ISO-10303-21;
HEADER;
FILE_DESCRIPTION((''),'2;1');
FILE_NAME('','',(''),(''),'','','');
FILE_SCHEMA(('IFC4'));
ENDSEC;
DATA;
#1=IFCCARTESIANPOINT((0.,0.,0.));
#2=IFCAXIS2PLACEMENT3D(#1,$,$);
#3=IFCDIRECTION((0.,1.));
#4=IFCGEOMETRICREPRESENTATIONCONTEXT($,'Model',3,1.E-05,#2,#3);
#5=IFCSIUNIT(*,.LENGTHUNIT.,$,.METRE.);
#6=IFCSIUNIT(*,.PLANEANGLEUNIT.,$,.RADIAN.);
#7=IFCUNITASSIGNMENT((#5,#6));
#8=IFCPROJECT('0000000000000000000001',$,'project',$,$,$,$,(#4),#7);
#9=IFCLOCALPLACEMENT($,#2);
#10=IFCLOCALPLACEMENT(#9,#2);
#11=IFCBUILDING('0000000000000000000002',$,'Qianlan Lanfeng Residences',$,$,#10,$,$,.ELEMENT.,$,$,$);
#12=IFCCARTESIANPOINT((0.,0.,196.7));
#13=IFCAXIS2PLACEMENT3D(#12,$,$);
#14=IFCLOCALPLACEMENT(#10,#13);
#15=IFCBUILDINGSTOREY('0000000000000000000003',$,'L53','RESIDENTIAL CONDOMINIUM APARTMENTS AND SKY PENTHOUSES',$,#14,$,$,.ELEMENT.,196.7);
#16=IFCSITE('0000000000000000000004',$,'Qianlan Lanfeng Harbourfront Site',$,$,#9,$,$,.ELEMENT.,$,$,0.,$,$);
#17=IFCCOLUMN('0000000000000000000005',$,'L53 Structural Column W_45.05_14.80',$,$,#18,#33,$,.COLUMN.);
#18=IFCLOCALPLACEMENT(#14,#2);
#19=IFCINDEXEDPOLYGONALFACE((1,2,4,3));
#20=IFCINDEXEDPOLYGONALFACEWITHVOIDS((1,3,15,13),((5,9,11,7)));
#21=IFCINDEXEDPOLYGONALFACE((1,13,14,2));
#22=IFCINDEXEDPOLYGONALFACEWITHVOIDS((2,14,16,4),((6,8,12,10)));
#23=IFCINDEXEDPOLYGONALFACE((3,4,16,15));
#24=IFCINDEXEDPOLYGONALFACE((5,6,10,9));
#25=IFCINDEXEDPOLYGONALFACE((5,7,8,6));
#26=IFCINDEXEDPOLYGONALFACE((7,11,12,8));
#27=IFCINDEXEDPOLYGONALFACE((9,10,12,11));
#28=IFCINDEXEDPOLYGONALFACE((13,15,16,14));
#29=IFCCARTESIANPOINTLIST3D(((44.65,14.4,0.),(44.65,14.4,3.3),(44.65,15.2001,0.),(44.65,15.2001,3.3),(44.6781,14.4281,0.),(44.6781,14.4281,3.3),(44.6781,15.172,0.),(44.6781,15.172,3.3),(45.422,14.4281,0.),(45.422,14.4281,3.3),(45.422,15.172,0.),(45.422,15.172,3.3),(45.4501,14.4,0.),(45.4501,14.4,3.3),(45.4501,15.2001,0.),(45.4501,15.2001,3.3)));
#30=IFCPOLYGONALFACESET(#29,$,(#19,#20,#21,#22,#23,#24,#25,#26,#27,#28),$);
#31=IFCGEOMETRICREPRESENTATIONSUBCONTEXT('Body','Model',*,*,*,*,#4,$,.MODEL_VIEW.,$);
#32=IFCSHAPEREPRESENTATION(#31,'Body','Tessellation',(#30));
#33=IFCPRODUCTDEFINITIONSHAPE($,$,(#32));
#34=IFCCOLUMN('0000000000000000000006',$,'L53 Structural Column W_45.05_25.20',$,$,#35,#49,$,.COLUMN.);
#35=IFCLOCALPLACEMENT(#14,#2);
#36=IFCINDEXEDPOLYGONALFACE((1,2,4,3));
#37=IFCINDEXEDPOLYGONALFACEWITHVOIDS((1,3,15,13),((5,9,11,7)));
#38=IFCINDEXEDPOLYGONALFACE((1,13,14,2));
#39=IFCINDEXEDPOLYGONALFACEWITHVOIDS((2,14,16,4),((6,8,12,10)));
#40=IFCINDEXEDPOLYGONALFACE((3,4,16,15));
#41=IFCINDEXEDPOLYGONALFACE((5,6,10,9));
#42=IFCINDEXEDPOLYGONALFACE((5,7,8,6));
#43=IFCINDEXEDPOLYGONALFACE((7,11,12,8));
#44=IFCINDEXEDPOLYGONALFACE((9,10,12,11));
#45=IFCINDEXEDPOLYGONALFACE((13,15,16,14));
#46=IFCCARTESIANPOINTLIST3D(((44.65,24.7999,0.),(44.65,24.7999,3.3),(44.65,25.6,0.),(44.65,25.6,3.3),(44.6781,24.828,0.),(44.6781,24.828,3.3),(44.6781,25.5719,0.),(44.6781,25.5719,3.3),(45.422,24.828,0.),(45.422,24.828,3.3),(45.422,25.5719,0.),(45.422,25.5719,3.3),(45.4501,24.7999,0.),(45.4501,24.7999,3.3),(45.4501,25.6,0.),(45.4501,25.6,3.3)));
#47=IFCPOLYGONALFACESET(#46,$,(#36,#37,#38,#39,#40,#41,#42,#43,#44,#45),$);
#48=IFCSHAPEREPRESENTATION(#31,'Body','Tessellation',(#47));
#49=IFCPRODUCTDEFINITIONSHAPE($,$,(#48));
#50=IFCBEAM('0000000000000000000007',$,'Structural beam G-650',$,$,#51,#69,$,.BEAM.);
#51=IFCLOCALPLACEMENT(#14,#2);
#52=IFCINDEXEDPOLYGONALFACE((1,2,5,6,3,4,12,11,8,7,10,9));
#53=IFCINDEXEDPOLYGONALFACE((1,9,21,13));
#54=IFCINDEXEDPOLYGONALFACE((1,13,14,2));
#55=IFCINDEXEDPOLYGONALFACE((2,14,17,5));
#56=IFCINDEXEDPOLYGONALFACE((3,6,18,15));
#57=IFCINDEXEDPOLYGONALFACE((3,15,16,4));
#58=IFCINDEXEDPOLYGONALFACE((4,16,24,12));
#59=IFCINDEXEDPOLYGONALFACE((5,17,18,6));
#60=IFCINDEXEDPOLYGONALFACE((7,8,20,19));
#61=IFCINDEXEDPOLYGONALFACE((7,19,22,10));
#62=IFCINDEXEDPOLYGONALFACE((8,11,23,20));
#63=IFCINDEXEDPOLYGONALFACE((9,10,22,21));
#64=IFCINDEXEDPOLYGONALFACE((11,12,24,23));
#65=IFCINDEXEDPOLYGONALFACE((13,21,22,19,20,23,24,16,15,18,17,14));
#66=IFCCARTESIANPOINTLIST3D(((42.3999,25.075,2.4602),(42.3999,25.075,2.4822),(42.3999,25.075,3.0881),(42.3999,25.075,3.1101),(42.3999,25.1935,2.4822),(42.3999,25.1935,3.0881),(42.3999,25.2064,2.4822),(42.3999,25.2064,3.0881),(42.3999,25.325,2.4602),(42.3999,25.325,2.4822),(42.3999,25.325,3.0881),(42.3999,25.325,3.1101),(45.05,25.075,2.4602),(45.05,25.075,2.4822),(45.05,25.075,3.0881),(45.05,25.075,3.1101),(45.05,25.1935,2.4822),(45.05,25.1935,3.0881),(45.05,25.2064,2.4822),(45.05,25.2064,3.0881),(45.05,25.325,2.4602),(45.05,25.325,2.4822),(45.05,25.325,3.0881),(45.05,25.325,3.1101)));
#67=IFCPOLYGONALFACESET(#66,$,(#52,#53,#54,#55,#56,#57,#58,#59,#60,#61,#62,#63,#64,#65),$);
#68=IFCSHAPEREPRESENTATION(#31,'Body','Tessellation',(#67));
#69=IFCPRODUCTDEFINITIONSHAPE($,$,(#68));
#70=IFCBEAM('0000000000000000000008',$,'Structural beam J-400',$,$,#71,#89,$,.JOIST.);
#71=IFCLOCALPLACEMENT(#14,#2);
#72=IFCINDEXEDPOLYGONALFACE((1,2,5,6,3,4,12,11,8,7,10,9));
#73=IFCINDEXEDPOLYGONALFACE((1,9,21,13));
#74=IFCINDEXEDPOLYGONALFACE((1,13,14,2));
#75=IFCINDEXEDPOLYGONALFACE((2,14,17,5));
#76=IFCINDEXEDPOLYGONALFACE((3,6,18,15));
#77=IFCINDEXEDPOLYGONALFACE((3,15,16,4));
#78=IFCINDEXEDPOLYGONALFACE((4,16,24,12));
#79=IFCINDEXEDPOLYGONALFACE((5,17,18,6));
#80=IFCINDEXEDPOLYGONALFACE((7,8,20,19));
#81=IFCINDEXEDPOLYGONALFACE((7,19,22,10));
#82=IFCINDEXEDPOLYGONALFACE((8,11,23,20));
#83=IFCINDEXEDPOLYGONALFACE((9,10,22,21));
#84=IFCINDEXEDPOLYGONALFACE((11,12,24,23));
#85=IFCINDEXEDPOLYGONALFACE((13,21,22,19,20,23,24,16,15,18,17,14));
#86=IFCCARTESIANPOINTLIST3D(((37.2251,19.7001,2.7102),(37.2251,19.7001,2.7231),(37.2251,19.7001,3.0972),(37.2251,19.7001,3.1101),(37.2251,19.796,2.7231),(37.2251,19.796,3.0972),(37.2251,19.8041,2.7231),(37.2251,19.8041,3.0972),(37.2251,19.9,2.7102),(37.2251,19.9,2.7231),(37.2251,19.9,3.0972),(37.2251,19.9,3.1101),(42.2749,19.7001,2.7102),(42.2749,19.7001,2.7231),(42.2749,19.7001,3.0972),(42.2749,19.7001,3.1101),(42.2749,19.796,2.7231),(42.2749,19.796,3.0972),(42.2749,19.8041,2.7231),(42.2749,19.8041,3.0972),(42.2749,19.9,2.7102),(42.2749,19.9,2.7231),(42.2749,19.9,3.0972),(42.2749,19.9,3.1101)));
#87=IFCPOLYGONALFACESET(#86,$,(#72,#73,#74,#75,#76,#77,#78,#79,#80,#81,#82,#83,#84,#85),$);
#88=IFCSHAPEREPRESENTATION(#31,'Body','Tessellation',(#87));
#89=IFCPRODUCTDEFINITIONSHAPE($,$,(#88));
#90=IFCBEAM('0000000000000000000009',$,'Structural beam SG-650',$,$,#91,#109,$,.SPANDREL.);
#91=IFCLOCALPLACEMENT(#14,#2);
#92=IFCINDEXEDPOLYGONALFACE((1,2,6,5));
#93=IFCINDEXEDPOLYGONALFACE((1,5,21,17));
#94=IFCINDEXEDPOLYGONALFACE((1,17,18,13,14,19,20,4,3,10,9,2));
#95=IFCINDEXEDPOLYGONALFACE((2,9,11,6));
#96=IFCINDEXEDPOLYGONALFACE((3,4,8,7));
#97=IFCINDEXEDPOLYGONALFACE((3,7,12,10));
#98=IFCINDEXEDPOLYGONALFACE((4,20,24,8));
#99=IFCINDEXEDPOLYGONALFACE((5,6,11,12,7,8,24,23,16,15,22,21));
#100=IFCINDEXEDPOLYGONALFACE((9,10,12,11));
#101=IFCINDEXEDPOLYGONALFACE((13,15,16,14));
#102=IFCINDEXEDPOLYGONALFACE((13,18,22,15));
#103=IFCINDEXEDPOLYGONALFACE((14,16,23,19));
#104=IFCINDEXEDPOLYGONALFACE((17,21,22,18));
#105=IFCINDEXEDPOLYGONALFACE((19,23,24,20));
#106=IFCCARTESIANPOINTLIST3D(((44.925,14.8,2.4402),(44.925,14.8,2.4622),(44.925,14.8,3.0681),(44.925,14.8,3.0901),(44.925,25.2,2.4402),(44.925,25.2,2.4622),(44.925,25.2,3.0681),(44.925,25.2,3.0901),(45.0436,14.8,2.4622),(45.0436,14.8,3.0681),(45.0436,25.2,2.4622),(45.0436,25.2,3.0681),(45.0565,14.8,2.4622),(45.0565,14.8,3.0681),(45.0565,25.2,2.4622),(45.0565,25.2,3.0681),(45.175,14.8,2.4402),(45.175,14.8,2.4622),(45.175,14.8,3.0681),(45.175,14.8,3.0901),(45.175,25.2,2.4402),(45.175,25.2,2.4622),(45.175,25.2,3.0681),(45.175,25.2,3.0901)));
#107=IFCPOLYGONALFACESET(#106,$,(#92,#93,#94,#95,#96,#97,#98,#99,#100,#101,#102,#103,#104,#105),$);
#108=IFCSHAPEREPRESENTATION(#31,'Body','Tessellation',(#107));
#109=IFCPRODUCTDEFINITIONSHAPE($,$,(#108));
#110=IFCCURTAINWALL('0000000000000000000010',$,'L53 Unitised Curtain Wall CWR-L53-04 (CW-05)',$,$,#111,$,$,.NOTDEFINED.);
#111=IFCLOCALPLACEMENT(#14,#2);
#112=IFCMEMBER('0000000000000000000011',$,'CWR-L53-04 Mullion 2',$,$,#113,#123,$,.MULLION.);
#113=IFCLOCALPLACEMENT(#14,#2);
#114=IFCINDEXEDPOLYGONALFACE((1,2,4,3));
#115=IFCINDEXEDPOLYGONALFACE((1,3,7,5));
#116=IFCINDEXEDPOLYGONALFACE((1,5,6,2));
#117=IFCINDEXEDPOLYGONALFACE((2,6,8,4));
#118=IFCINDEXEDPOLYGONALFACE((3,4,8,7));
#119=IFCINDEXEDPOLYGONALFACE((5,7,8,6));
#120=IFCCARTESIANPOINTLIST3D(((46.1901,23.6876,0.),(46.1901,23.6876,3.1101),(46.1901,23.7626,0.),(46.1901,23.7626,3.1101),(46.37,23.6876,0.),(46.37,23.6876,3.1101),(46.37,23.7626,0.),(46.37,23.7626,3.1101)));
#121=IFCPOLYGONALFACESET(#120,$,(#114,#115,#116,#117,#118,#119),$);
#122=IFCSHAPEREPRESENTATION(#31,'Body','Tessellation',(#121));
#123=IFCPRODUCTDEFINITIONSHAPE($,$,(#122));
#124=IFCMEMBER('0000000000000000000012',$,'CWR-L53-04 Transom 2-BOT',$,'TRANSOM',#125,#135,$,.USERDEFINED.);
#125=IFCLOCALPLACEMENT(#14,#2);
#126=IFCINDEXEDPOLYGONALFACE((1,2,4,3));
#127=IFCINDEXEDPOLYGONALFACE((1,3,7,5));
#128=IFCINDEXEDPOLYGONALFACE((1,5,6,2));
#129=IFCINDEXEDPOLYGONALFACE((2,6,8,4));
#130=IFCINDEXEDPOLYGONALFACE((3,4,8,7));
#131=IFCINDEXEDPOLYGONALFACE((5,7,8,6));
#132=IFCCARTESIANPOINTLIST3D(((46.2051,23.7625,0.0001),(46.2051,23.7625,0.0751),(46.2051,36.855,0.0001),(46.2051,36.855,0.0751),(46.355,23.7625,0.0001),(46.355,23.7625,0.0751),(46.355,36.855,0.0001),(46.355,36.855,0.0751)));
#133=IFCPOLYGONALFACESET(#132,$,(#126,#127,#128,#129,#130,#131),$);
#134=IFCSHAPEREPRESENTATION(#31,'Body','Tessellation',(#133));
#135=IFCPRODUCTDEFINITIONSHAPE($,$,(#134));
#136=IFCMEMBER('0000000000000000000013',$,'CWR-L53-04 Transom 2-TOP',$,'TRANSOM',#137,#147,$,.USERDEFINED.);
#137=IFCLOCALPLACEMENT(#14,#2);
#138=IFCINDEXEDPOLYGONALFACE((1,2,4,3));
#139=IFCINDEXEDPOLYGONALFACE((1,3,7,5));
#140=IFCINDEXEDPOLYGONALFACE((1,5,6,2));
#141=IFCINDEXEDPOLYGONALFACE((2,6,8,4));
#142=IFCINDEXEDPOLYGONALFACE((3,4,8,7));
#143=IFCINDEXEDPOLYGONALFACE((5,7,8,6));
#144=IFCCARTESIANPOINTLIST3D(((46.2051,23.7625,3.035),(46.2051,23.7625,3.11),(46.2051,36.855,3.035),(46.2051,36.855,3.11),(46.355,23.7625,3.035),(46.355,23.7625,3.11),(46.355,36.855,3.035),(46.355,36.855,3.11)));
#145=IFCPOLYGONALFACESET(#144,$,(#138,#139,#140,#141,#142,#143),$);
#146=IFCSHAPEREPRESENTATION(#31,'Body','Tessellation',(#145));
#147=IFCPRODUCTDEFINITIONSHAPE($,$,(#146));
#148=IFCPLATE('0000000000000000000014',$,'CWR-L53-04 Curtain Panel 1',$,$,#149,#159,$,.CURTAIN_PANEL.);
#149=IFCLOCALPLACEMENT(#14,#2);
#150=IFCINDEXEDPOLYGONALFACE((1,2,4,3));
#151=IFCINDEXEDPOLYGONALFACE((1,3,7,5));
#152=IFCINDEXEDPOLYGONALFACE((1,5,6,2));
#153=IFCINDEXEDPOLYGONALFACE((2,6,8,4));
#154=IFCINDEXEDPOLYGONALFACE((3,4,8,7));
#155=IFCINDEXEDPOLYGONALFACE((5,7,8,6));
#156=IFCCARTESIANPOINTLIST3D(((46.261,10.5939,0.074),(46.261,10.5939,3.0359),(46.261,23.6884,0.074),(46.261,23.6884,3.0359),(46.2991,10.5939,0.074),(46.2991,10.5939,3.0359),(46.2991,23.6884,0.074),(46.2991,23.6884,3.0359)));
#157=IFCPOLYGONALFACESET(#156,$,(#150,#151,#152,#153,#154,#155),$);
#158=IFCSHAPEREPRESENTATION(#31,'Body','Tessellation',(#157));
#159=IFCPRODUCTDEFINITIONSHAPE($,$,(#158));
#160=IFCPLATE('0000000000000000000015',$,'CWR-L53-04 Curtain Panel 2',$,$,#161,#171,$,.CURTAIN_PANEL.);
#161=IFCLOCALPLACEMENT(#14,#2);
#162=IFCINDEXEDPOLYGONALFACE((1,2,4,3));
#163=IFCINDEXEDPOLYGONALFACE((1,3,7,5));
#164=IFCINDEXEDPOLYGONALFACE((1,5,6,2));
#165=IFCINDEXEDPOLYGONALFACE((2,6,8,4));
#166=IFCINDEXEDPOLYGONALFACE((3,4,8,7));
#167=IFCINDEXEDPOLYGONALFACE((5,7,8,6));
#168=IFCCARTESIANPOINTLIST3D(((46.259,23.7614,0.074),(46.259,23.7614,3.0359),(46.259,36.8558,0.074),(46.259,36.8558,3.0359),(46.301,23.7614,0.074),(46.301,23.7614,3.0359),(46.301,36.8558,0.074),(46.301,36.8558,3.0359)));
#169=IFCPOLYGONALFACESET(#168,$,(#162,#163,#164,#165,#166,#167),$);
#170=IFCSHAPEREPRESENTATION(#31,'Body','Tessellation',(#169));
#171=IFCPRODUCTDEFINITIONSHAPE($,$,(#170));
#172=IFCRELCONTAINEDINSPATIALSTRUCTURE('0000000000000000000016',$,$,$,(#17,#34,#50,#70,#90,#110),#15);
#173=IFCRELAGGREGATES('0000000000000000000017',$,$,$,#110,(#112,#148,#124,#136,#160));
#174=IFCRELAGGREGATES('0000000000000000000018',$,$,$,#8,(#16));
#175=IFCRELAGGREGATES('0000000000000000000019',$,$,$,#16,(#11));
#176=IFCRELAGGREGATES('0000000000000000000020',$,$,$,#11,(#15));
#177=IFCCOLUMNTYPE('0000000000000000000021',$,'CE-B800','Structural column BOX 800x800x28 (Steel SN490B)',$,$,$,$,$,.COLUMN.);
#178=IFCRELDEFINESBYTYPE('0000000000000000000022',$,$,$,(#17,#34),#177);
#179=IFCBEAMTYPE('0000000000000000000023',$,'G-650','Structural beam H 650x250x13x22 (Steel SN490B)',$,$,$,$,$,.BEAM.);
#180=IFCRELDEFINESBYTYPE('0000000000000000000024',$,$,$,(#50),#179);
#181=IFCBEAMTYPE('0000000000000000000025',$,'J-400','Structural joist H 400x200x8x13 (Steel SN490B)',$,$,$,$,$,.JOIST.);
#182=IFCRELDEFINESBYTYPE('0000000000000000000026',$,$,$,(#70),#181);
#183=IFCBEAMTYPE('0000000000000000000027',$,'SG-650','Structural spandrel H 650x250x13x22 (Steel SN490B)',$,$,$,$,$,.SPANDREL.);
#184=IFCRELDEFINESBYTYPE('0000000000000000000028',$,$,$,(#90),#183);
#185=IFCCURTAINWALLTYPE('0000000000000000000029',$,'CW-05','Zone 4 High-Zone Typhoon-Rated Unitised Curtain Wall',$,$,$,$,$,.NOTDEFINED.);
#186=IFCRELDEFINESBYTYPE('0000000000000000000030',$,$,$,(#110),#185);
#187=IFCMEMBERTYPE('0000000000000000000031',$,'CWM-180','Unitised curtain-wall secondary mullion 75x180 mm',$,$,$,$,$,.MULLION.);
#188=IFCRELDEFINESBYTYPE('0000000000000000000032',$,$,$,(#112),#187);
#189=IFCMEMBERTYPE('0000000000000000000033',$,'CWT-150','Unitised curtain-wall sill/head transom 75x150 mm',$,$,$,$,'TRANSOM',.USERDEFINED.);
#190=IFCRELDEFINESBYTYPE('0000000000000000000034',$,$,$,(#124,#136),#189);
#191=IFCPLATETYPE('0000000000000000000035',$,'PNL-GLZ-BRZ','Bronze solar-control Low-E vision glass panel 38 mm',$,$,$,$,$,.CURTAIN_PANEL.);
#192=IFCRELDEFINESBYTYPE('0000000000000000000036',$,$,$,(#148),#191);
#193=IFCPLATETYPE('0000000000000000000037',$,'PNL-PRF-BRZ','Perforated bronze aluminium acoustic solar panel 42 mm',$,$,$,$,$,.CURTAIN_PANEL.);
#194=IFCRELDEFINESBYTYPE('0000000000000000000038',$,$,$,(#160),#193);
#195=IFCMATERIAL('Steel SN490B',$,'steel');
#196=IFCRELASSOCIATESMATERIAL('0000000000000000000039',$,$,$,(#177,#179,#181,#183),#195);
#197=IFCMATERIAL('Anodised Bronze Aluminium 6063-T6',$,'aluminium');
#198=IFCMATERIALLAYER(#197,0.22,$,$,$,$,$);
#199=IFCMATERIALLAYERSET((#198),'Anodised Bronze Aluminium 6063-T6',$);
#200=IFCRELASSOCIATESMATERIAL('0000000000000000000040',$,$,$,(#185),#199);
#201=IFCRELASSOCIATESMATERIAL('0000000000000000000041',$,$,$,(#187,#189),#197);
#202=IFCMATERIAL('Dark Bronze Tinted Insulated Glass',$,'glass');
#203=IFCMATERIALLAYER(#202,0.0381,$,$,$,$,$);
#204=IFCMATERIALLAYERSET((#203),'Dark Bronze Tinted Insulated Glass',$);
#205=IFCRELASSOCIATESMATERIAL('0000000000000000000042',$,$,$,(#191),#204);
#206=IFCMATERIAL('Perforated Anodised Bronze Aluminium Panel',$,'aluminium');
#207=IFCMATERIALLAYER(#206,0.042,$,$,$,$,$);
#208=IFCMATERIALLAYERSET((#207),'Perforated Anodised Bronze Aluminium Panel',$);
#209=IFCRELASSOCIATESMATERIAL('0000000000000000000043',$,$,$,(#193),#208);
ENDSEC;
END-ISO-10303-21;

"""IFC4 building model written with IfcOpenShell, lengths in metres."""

from ifc_helpers import new_model, si_unit, direction, frame, origin, origin_2d, place, context, subcontext, project, spatial, rectangle, hollow_rectangle, i_section, extrude, source, transform, mapped, material, layer, layer_set, material_profile, profile_set, type_object, element, aggregate, save


model = new_model("IFC4")

# Units and contexts
model_context = context("Model", 3, precision=1e-05, world=origin(), true_north=direction((0.0, 1.0)))
body_context = subcontext(model_context, "Body", "Model", "MODEL_VIEW")
ifc_project = project(units=[si_unit("LENGTHUNIT", "METRE"), si_unit("PLANEANGLEUNIT", "RADIAN")], contexts=[model_context])

# Site, building, storey
site_placement = place(None, origin())
site = spatial("IfcSite", under=ifc_project, at=site_placement, Name="Qianlan Lanfeng Harbourfront Site", CompositionType="ELEMENT", RefElevation=0.0)
building_placement = place(site_placement, origin())
building = spatial("IfcBuilding", under=site, at=building_placement, Name="Qianlan Lanfeng Residences", CompositionType="ELEMENT")
storey_placement = place(building_placement, frame((0.0, 0.0, 196.7)))
storey = spatial("IfcBuildingStorey", under=building, at=storey_placement, Name="L53", Description="RESIDENTIAL CONDOMINIUM APARTMENTS AND SKY PENTHOUSES", CompositionType="ELEMENT", Elevation=196.7)

# Columns
ifc_material_1 = material(Name="Steel SN490B", Category="steel")
ifc_material_profile_1 = material_profile(ifc_material_1, hollow_rectangle(XDim=0.8, YDim=0.8, WallThickness=0.0281, at=origin_2d()), Name="BOX 800x800x28")
ifc_profile_set_1 = profile_set([ifc_material_profile_1], Name="Steel SN490B")
column_type = type_object("IfcColumnType", Name="CE-B800", Description="Structural column BOX 800x800x28 (Steel SN490B)", PredefinedType="COLUMN", material=ifc_profile_set_1)
for number, where, z_axis, x_axis, name in (
    (1, (45.05, 14.8, 0.0), (0.0, 0.0, 1.0), (1.0, 0.0, 0.0), "L53 Structural Column W_45.05_14.80"),
    (2, (45.05, 25.2, 0.0), (0.0, 0.0, 1.0), (1.0, 0.0, 0.0), "L53 Structural Column W_45.05_25.20"),
):
    element("IfcColumn", number, at=place(storey_placement, frame(where, z_axis=z_axis, x_axis=x_axis)), inside=storey, type_object=column_type, Name=name, PredefinedType="COLUMN", context=body_context, shape_type="SweptSolid", body=[
        extrude(hollow_rectangle(XDim=0.8, YDim=0.8, WallThickness=0.0281, at=origin_2d()), origin(), (0.0, 0.0, 1.0), 3.3),
    ])

# Beams
ifc_material_profile_2 = material_profile(ifc_material_1, i_section(OverallWidth=0.25, OverallDepth=0.6499, WebThickness=0.0129, FlangeThickness=0.022, at=origin_2d()), Name="H 650x250x13x22")
ifc_profile_set_2 = profile_set([ifc_material_profile_2], Name="Steel SN490B")
beam_type_1 = type_object("IfcBeamType", Name="G-650", Description="Structural beam H 650x250x13x22 (Steel SN490B)", PredefinedType="BEAM", material=ifc_profile_set_2)
beam_1_placement = place(storey_placement, frame((42.3999, 25.2, 2.7852), z_axis=(1.0, 0.0, 0.0), x_axis=(0.0, 1.0, 0.0)))
element("IfcBeam", 3, at=beam_1_placement, inside=storey, type_object=beam_type_1, Name="Structural beam G-650", PredefinedType="BEAM", context=body_context, shape_type="SweptSolid", body=[
    extrude(i_section(OverallWidth=0.25, OverallDepth=0.6499, WebThickness=0.0129, FlangeThickness=0.022, at=origin_2d()), origin(), (0.0, 0.0, 1.0), 2.6501),
])
ifc_material_profile_3 = material_profile(ifc_material_1, i_section(OverallWidth=0.2, OverallDepth=0.3999, WebThickness=0.0081, FlangeThickness=0.0129, at=origin_2d()), Name="H 400x200x8x13")
ifc_profile_set_3 = profile_set([ifc_material_profile_3], Name="Steel SN490B")
beam_type_2 = type_object("IfcBeamType", Name="J-400", Description="Structural joist H 400x200x8x13 (Steel SN490B)", PredefinedType="JOIST", material=ifc_profile_set_3)
beam_2_placement = place(storey_placement, frame((37.2251, 19.8, 2.9102), z_axis=(1.0, 0.0, 0.0), x_axis=(0.0, 1.0, 0.0)))
element("IfcBeam", 4, at=beam_2_placement, inside=storey, type_object=beam_type_2, Name="Structural beam J-400", PredefinedType="JOIST", context=body_context, shape_type="SweptSolid", body=[
    extrude(i_section(OverallWidth=0.2, OverallDepth=0.3999, WebThickness=0.0081, FlangeThickness=0.0129, at=origin_2d()), origin(), (0.0, 0.0, 1.0), 5.0498),
])
ifc_material_profile_4 = material_profile(ifc_material_1, i_section(OverallWidth=0.25, OverallDepth=0.6499, WebThickness=0.0129, FlangeThickness=0.022, at=origin_2d()), Name="H 650x250x13x22")
ifc_profile_set_4 = profile_set([ifc_material_profile_4], Name="Steel SN490B")
beam_type_3 = type_object("IfcBeamType", Name="SG-650", Description="Structural spandrel H 650x250x13x22 (Steel SN490B)", PredefinedType="SPANDREL", material=ifc_profile_set_4)
beam_3_placement = place(storey_placement, frame((45.05, 14.8, 2.7651), z_axis=(0.0, 1.0, 0.0), x_axis=(-1.0, 0.0, 0.0)))
element("IfcBeam", 5, at=beam_3_placement, inside=storey, type_object=beam_type_3, Name="Structural beam SG-650", PredefinedType="SPANDREL", context=body_context, shape_type="SweptSolid", body=[
    extrude(i_section(OverallWidth=0.25, OverallDepth=0.6499, WebThickness=0.0129, FlangeThickness=0.022, at=origin_2d()), origin(), (0.0, 0.0, 1.0), 10.3999),
])

# Curtain wall, members, plates
ifc_material_2 = material(Name="Anodised Bronze Aluminium 6063-T6", Category="aluminium")
ifc_layer_1 = layer(ifc_material_2, 0.22)
ifc_layer_set_1 = layer_set([ifc_layer_1], Name="Anodised Bronze Aluminium 6063-T6")
curtain_wall_type = type_object("IfcCurtainWallType", Name="CW-05", Description="Zone 4 High-Zone Typhoon-Rated Unitised Curtain Wall", PredefinedType="NOTDEFINED", material=ifc_layer_set_1)
curtain_wall_placement = place(storey_placement, origin())
curtain_wall = element("IfcCurtainWall", 6, at=curtain_wall_placement, inside=storey, type_object=curtain_wall_type, Name="L53 Unitised Curtain Wall CWR-L53-04 (CW-05)", PredefinedType="NOTDEFINED")
ifc_material_profile_5 = material_profile(ifc_material_2, rectangle(XDim=0.075, YDim=0.1799, at=origin_2d()), Name="ALU MULLION 75x180")
ifc_profile_set_5 = profile_set([ifc_material_profile_5], Name="Anodised Bronze Aluminium 6063-T6")
member_type_1 = type_object("IfcMemberType", Name="CWM-180", Description="Unitised curtain-wall secondary mullion 75x180 mm", PredefinedType="MULLION", material=ifc_profile_set_5)
shared_shape_1 = source(origin(), body_context, "Body", "SweptSolid", [
    extrude(rectangle(XDim=0.075, YDim=0.1799, at=origin_2d()), origin(), (0.0, 0.0, 1.0), 3.1101),
])
member_1_placement = place(storey_placement, frame((46.28, 23.7251, 0.0), z_axis=(0.0, 0.0, 1.0), x_axis=(0.0, 1.0, 0.0)))
member_1 = element("IfcMember", 7, at=member_1_placement, type_object=member_type_1, Name="CWR-L53-04 Mullion 2", PredefinedType="MULLION", context=body_context, shape_type="MappedRepresentation", body=[
    mapped(shared_shape_1, transform((0.0, 0.0, 0.0), scale=1.0)),
])
ifc_material_profile_6 = material_profile(ifc_material_2, rectangle(XDim=0.075, YDim=0.1499, at=origin_2d()), Name="ALU TRANSOM 75x150")
ifc_profile_set_6 = profile_set([ifc_material_profile_6], Name="Anodised Bronze Aluminium 6063-T6")
member_type_2 = type_object("IfcMemberType", Name="CWT-150", Description="Unitised curtain-wall sill/head transom 75x150 mm", ElementType="TRANSOM", PredefinedType="USERDEFINED", material=ifc_profile_set_6)
shared_shape_2 = source(origin(), body_context, "Body", "SweptSolid", [
    extrude(rectangle(XDim=0.075, YDim=0.1499, at=origin_2d()), origin(), (0.0, 0.0, 1.0), 13.0925),
])
member_2_placement = place(storey_placement, frame((46.28, 23.7625, 0.0376), z_axis=(0.0, 1.0, 0.0), x_axis=(0.0, 0.0, 1.0)))
member_2 = element("IfcMember", 8, at=member_2_placement, type_object=member_type_2, Name="CWR-L53-04 Transom 2-BOT", ObjectType="TRANSOM", PredefinedType="USERDEFINED", context=body_context, shape_type="MappedRepresentation", body=[
    mapped(shared_shape_2, transform((0.0, 0.0, 0.0), scale=1.0)),
])
member_3_placement = place(storey_placement, frame((46.28, 23.7625, 3.0725), z_axis=(0.0, 1.0, 0.0), x_axis=(0.0, 0.0, 1.0)))
member_3 = element("IfcMember", 9, at=member_3_placement, type_object=member_type_2, Name="CWR-L53-04 Transom 2-TOP", ObjectType="TRANSOM", PredefinedType="USERDEFINED", context=body_context, shape_type="MappedRepresentation", body=[
    mapped(shared_shape_2, transform((0.0, 0.0, 0.0), scale=1.0)),
])
ifc_material_3 = material(Name="Dark Bronze Tinted Insulated Glass", Category="glass")
ifc_layer_2 = layer(ifc_material_3, 0.0381)
ifc_layer_set_2 = layer_set([ifc_layer_2], Name="Dark Bronze Tinted Insulated Glass")
plate_type_1 = type_object("IfcPlateType", Name="PNL-GLZ-BRZ", Description="Bronze solar-control Low-E vision glass panel 38 mm", PredefinedType="CURTAIN_PANEL", material=ifc_layer_set_2)
shared_shape_3 = source(origin(), body_context, "Body", "SweptSolid", [
    extrude(rectangle(XDim=13.0945, YDim=0.0381, at=origin_2d()), origin(), (0.0, 0.0, 1.0), 2.9619),
])
plate_1_placement = place(storey_placement, frame((46.28, 17.1411, 0.074), z_axis=(0.0, 0.0, 1.0), x_axis=(0.0, 1.0, 0.0)))
plate_1 = element("IfcPlate", 10, at=plate_1_placement, type_object=plate_type_1, Name="CWR-L53-04 Curtain Panel 1", PredefinedType="CURTAIN_PANEL", context=body_context, shape_type="MappedRepresentation", body=[
    mapped(shared_shape_3, transform((0.0, 0.0, 0.0), scale=1.0)),
])
ifc_material_4 = material(Name="Perforated Anodised Bronze Aluminium Panel", Category="aluminium")
ifc_layer_3 = layer(ifc_material_4, 0.042)
ifc_layer_set_3 = layer_set([ifc_layer_3], Name="Perforated Anodised Bronze Aluminium Panel")
plate_type_2 = type_object("IfcPlateType", Name="PNL-PRF-BRZ", Description="Perforated bronze aluminium acoustic solar panel 42 mm", PredefinedType="CURTAIN_PANEL", material=ifc_layer_set_3)
shared_shape_4 = source(origin(), body_context, "Body", "SweptSolid", [
    extrude(rectangle(XDim=13.0945, YDim=0.042, at=origin_2d()), origin(), (0.0, 0.0, 1.0), 2.9619),
])
plate_2_placement = place(storey_placement, frame((46.28, 30.3086, 0.074), z_axis=(0.0, 0.0, 1.0), x_axis=(0.0, 1.0, 0.0)))
plate_2 = element("IfcPlate", 11, at=plate_2_placement, type_object=plate_type_2, Name="CWR-L53-04 Curtain Panel 2", PredefinedType="CURTAIN_PANEL", context=body_context, shape_type="MappedRepresentation", body=[
    mapped(shared_shape_4, transform((0.0, 0.0, 0.0), scale=1.0)),
])
aggregate(curtain_wall, [member_1, plate_1, member_2, member_3, plate_2])

save(model, "model.ifc")
